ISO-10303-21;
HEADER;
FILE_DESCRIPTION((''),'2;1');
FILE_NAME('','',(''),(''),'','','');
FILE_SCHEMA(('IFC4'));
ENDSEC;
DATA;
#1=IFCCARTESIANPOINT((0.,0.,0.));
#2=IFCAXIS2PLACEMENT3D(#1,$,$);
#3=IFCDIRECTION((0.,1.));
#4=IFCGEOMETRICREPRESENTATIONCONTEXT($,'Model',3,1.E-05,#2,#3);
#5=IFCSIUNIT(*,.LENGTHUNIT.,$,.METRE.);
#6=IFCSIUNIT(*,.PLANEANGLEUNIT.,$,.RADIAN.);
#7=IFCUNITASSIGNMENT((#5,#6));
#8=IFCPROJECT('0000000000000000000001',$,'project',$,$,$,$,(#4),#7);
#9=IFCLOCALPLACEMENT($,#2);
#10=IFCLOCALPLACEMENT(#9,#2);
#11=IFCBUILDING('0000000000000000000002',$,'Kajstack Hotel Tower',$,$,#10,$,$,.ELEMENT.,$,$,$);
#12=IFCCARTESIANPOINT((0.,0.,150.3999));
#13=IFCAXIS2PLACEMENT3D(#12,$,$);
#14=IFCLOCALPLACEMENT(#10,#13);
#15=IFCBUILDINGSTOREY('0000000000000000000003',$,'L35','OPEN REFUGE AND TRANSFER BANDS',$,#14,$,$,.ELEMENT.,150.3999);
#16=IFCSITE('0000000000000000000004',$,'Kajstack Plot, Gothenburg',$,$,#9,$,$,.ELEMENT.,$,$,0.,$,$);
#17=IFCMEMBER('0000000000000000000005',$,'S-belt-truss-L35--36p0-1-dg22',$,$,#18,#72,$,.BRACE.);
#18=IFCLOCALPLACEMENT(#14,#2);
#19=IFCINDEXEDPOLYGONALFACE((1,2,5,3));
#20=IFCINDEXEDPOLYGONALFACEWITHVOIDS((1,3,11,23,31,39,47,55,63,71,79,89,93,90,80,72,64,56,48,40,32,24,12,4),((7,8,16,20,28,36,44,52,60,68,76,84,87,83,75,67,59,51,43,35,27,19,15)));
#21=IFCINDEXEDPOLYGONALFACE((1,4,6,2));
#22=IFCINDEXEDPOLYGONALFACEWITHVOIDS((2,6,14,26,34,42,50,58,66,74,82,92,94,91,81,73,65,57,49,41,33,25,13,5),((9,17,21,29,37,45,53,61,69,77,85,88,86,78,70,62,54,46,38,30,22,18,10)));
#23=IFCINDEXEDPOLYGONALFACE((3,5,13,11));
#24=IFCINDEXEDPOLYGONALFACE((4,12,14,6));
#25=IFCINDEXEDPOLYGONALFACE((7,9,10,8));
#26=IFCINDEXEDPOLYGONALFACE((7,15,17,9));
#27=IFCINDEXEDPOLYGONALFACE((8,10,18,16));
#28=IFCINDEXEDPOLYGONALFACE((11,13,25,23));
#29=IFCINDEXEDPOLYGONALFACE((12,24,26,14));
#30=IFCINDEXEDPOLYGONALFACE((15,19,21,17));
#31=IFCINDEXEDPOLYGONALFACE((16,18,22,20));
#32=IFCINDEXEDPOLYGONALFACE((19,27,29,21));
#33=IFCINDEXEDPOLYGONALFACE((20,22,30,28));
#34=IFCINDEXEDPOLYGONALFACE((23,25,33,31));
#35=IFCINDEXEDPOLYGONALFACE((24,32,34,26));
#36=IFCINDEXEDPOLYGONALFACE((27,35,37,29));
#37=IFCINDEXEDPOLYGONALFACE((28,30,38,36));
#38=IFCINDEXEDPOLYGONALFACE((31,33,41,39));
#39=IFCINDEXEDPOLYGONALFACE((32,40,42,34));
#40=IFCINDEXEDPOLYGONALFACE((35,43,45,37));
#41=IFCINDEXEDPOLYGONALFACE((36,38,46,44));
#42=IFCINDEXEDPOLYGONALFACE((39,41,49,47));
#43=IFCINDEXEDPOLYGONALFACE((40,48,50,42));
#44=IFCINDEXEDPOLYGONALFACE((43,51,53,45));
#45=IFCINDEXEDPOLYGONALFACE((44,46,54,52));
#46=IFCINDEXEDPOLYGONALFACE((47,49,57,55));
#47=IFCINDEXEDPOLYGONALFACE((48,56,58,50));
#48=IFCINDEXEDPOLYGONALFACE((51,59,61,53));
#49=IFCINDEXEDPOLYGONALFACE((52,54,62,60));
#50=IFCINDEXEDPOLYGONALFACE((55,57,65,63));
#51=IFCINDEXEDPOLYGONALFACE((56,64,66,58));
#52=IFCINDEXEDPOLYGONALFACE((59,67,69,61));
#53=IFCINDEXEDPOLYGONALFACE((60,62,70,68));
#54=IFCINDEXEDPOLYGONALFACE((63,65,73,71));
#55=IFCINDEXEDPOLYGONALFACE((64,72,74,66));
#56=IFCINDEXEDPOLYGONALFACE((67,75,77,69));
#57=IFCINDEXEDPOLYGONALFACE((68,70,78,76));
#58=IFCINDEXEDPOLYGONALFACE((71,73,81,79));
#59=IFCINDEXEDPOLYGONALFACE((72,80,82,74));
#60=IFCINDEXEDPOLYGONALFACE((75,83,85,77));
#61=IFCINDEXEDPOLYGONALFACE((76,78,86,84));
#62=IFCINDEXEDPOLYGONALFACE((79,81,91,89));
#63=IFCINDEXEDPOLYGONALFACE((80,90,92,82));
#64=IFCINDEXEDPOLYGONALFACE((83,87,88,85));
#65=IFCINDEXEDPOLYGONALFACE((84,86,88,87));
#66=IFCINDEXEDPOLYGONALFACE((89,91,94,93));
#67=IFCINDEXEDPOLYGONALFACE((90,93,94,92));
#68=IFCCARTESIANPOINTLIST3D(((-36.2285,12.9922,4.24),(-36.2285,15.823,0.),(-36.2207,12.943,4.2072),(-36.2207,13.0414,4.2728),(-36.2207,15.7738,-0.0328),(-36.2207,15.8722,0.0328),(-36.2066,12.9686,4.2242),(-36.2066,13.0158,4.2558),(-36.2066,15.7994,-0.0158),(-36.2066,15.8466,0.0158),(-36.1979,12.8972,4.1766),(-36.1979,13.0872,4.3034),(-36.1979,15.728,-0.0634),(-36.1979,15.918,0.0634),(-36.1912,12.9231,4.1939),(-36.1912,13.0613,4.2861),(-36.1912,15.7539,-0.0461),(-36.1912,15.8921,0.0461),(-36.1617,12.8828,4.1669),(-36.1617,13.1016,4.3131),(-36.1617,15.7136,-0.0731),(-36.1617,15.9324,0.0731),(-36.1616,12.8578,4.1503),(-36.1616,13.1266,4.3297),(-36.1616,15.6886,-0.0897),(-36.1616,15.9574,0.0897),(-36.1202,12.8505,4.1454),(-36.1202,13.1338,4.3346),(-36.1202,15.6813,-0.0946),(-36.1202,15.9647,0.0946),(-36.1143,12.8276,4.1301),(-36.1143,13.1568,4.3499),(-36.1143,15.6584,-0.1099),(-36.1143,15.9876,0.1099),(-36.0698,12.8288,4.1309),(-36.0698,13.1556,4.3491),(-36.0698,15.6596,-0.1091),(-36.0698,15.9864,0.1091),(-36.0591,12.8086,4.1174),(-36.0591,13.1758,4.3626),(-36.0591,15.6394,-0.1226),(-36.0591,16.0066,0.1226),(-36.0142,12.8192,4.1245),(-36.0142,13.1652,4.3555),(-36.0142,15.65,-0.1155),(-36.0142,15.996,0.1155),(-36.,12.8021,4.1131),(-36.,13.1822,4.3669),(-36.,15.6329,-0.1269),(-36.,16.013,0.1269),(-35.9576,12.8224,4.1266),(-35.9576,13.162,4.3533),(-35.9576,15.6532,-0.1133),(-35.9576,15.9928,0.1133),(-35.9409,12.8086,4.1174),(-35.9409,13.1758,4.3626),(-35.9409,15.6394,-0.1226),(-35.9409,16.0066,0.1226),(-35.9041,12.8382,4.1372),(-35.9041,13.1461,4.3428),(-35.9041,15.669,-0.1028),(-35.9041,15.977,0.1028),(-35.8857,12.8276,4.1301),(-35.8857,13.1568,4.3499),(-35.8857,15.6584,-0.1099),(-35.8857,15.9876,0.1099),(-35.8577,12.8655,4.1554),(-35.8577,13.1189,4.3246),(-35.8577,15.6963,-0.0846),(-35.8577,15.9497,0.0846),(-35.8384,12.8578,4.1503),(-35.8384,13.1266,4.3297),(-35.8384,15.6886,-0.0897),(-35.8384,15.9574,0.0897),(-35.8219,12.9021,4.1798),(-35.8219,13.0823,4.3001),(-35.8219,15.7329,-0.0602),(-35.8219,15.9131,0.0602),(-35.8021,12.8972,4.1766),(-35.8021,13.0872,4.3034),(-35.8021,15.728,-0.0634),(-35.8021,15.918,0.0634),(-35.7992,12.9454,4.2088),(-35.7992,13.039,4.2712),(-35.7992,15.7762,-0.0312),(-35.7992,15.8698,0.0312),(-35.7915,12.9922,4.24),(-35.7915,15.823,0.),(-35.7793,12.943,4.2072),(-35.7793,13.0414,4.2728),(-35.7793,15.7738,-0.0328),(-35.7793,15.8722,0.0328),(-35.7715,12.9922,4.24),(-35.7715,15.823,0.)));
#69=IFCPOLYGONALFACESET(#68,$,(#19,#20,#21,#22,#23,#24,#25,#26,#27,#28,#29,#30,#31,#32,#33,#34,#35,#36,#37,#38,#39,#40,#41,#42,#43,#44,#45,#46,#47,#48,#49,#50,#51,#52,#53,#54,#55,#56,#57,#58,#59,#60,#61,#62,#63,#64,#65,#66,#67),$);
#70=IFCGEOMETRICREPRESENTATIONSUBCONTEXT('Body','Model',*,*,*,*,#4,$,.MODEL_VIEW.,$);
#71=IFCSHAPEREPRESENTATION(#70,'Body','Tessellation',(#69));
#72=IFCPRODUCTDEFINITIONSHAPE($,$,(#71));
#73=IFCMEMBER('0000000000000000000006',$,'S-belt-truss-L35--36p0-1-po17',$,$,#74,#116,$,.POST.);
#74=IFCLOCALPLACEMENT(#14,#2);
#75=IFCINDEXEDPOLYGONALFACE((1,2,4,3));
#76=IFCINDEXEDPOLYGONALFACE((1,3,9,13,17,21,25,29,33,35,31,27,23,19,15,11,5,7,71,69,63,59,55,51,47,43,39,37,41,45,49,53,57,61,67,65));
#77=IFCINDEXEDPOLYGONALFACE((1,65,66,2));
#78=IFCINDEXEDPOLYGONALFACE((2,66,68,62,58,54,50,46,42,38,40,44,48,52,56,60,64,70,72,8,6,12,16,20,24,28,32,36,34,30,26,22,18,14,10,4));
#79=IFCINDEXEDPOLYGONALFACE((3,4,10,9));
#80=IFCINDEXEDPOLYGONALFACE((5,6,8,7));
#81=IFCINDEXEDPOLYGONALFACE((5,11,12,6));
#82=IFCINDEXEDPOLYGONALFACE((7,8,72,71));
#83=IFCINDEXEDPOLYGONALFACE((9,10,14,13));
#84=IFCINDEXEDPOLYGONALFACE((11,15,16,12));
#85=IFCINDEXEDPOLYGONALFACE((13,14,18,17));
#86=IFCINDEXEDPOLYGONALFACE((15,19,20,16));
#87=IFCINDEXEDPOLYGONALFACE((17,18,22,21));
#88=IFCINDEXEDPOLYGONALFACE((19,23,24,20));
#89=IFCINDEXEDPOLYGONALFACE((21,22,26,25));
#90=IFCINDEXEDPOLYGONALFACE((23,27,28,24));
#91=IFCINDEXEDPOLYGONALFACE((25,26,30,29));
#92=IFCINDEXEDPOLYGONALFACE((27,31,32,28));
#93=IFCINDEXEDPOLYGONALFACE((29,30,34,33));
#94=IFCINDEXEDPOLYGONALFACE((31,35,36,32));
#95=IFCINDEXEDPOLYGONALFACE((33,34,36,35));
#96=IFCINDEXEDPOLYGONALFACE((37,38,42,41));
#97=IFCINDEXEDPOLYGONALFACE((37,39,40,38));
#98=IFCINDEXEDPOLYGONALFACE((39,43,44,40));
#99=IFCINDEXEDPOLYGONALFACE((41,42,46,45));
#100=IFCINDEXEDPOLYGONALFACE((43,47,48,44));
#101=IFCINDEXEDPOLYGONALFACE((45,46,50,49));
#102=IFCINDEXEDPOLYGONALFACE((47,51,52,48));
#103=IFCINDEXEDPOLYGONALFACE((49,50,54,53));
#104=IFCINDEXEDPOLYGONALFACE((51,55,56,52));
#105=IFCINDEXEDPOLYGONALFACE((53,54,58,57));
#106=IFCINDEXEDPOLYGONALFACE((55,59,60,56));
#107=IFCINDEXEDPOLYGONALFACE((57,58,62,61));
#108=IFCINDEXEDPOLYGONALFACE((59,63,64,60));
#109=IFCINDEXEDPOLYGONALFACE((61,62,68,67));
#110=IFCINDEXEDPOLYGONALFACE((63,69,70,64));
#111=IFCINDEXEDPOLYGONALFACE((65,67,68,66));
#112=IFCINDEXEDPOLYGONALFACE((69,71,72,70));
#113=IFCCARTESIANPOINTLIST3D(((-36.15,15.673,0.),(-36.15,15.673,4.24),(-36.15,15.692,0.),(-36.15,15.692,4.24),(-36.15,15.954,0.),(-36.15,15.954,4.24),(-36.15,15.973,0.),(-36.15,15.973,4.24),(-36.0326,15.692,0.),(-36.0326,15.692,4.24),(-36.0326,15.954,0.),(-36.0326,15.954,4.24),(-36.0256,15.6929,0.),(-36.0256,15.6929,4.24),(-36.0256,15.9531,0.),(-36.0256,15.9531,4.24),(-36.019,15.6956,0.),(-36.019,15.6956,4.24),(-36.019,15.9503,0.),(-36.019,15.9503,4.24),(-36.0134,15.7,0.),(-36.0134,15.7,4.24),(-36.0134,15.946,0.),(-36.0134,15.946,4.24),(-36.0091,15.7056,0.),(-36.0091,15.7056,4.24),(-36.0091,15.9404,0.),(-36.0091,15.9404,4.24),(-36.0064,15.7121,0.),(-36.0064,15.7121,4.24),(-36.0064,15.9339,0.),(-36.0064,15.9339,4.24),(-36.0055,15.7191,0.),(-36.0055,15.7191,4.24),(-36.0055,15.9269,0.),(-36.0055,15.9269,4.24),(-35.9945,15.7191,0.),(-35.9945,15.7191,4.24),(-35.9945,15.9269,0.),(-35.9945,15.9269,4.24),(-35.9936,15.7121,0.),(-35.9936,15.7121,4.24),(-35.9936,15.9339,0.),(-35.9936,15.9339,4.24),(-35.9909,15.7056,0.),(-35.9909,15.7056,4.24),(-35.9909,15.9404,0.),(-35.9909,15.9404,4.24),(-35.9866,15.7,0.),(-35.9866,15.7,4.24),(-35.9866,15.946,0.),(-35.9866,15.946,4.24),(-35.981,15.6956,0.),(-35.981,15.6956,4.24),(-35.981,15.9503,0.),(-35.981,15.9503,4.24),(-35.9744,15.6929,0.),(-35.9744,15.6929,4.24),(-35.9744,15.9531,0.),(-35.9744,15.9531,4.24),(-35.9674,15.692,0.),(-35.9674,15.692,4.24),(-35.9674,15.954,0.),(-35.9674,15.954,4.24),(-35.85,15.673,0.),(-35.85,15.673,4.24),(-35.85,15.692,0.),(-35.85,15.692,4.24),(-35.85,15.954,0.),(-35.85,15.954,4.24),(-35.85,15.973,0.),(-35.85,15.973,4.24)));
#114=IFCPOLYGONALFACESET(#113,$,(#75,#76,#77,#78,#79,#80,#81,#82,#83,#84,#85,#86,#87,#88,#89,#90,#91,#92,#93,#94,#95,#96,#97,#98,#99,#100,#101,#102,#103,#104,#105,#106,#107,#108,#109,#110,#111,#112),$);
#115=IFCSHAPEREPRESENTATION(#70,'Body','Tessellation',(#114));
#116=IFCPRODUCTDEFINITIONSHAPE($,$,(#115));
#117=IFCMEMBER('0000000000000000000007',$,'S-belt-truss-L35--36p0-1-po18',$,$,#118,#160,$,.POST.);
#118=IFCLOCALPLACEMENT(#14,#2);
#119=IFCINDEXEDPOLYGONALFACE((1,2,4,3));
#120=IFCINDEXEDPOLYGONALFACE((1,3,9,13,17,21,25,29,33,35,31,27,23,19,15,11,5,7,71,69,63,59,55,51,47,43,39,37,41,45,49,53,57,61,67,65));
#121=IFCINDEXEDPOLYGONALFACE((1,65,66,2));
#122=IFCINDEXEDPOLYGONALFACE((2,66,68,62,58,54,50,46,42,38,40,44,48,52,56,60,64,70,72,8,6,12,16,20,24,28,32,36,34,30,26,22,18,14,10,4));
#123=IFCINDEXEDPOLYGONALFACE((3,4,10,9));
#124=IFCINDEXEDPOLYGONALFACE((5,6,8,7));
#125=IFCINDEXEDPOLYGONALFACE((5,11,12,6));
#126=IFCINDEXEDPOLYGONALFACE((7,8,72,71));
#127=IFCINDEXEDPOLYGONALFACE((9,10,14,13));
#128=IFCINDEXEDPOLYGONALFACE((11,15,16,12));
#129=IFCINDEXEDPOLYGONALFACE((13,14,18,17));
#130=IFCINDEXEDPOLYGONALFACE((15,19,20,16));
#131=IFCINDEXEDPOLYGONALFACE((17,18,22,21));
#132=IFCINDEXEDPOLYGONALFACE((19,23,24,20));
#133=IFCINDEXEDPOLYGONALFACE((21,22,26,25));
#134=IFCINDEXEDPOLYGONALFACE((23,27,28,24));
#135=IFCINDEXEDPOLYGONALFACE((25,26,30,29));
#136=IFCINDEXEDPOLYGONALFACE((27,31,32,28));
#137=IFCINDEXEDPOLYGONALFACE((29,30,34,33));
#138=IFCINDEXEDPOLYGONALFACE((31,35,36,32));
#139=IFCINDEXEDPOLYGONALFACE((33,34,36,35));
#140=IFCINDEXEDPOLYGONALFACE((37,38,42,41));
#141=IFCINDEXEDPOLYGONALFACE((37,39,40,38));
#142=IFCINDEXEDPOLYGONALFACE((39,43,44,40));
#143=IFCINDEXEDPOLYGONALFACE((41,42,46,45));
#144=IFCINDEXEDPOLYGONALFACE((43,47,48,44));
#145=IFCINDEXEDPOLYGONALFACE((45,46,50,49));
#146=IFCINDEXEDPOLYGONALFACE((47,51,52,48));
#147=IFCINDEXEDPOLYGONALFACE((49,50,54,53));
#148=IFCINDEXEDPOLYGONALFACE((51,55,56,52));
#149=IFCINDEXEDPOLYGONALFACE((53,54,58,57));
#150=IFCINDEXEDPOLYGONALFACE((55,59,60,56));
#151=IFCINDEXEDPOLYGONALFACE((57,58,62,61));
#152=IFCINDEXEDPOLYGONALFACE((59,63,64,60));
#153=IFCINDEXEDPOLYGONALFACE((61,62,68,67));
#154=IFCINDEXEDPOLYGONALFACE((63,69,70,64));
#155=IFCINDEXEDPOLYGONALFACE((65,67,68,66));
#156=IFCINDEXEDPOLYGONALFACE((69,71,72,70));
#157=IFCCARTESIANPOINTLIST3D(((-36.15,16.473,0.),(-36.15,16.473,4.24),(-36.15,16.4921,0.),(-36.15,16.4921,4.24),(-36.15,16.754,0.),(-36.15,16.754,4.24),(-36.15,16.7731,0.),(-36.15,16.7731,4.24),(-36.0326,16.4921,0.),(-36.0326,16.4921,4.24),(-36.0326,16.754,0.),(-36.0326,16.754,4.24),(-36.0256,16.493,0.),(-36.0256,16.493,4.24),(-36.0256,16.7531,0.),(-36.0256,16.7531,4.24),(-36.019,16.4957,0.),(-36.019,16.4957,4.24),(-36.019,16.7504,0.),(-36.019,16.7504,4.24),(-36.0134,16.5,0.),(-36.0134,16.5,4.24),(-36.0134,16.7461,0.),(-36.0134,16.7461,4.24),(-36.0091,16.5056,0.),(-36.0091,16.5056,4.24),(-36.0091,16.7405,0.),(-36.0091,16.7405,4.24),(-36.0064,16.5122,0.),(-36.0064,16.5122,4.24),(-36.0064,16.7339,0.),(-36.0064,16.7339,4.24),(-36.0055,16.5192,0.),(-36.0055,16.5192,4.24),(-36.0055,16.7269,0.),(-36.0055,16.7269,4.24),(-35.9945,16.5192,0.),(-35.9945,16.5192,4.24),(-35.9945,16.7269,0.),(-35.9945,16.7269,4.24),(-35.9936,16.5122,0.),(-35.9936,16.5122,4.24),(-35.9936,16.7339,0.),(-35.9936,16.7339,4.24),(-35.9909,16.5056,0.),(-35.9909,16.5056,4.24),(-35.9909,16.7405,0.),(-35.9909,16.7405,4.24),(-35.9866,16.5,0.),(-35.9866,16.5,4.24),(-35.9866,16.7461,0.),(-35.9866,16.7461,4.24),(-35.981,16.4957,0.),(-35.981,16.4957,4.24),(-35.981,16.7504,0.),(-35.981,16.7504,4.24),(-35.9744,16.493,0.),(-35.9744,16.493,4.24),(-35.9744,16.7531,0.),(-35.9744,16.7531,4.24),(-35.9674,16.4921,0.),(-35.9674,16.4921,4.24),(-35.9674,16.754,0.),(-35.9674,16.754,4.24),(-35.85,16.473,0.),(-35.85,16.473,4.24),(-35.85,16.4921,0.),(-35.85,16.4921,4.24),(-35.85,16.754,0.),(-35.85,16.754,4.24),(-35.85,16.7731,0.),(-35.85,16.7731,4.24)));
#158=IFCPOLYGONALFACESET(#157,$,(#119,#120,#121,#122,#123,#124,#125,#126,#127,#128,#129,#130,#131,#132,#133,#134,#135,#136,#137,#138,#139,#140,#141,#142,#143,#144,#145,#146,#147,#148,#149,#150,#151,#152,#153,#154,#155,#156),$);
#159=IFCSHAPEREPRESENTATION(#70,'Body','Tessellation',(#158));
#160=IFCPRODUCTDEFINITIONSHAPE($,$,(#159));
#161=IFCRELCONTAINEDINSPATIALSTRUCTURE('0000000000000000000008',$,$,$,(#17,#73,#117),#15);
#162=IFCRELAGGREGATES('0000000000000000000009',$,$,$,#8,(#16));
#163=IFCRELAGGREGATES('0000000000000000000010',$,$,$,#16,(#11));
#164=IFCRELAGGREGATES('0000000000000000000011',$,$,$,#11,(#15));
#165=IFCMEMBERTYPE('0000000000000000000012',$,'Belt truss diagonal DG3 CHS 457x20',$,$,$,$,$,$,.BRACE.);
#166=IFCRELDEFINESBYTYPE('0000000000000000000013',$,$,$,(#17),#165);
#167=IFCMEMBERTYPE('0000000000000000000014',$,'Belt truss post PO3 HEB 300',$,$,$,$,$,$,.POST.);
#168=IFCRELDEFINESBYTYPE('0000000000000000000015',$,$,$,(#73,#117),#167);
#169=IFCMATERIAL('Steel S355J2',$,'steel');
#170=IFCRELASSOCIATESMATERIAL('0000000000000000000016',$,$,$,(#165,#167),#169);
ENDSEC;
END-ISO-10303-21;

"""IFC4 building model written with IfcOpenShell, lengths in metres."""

from ifc_helpers import new_model, si_unit, direction, frame, origin, origin_2d, place, context, subcontext, project, spatial, hollow_circle, i_section, extrude, material, material_profile, profile_set, type_object, element, save


model = new_model("IFC4")

# Units and contexts
model_context = context("Model", 3, precision=1e-05, world=origin(), true_north=direction((0.0, 1.0)))
body_context = subcontext(model_context, "Body", "Model", "MODEL_VIEW")
ifc_project = project(units=[si_unit("LENGTHUNIT", "METRE"), si_unit("PLANEANGLEUNIT", "RADIAN")], contexts=[model_context])

# Site, building, storey
site_placement = place(None, origin())
site = spatial("IfcSite", under=ifc_project, at=site_placement, Name="Kajstack Plot, Gothenburg", CompositionType="ELEMENT", RefElevation=0.0)
building_placement = place(site_placement, origin())
building = spatial("IfcBuilding", under=site, at=building_placement, Name="Kajstack Hotel Tower", CompositionType="ELEMENT")
storey_placement = place(building_placement, frame((0.0, 0.0, 150.3999)))
storey = spatial("IfcBuildingStorey", under=building, at=storey_placement, Name="L35", Description="OPEN REFUGE AND TRANSFER BANDS", CompositionType="ELEMENT", Elevation=150.3999)

# Members
ifc_material = material(Name="Steel S355J2", Category="steel")
ifc_material_profile_1 = material_profile(ifc_material, hollow_circle(Radius=0.2285, WallThickness=0.02, at=origin_2d()), Name="CHS 457x20")
ifc_profile_set_1 = profile_set([ifc_material_profile_1], Name="Steel S355J2")
member_type_1 = type_object("IfcMemberType", Name="Belt truss diagonal DG3 CHS 457x20", PredefinedType="BRACE", material=ifc_profile_set_1)
member_1_placement = place(storey_placement, frame((-36.0, 15.823, 0.0), z_axis=(0.0, -0.555264, 0.831674), x_axis=(1.0, 0.0, 0.0)))
element("IfcMember", 1, at=member_1_placement, inside=storey, type_object=member_type_1, Name="S-belt-truss-L35--36p0-1-dg22", PredefinedType="BRACE", context=body_context, shape_type="SweptSolid", body=[
    extrude(hollow_circle(Radius=0.2285, WallThickness=0.02, at=origin_2d()), origin(), (0.0, 0.0, 1.0), 5.0981),
])
ifc_material_profile_2 = material_profile(ifc_material, i_section(OverallWidth=0.3, OverallDepth=0.3, WebThickness=0.011, FlangeThickness=0.019, FilletRadius=0.0271, at=origin_2d()), Name="HEB 300")
ifc_profile_set_2 = profile_set([ifc_material_profile_2], Name="Steel S355J2")
member_type_2 = type_object("IfcMemberType", Name="Belt truss post PO3 HEB 300", PredefinedType="POST", material=ifc_profile_set_2)
for number, where, z_axis, x_axis, name in (
    (2, (-36.0, 15.823, 0.0), (0.0, 0.0, 1.0), (1.0, 0.0, 0.0), "S-belt-truss-L35--36p0-1-po17"),
    (3, (-36.0, 16.623, 0.0), (0.0, 0.0, 1.0), (1.0, 0.0, 0.0), "S-belt-truss-L35--36p0-1-po18"),
):
    element("IfcMember", number, at=place(storey_placement, frame(where, z_axis=z_axis, x_axis=x_axis)), inside=storey, type_object=member_type_2, Name=name, PredefinedType="POST", context=body_context, shape_type="SweptSolid", body=[
        extrude(i_section(OverallWidth=0.3, OverallDepth=0.3, WebThickness=0.011, FlangeThickness=0.019, FilletRadius=0.0271, at=origin_2d()), origin(), (0.0, 0.0, 1.0), 4.24),
    ])

save(model, "model.ifc")
